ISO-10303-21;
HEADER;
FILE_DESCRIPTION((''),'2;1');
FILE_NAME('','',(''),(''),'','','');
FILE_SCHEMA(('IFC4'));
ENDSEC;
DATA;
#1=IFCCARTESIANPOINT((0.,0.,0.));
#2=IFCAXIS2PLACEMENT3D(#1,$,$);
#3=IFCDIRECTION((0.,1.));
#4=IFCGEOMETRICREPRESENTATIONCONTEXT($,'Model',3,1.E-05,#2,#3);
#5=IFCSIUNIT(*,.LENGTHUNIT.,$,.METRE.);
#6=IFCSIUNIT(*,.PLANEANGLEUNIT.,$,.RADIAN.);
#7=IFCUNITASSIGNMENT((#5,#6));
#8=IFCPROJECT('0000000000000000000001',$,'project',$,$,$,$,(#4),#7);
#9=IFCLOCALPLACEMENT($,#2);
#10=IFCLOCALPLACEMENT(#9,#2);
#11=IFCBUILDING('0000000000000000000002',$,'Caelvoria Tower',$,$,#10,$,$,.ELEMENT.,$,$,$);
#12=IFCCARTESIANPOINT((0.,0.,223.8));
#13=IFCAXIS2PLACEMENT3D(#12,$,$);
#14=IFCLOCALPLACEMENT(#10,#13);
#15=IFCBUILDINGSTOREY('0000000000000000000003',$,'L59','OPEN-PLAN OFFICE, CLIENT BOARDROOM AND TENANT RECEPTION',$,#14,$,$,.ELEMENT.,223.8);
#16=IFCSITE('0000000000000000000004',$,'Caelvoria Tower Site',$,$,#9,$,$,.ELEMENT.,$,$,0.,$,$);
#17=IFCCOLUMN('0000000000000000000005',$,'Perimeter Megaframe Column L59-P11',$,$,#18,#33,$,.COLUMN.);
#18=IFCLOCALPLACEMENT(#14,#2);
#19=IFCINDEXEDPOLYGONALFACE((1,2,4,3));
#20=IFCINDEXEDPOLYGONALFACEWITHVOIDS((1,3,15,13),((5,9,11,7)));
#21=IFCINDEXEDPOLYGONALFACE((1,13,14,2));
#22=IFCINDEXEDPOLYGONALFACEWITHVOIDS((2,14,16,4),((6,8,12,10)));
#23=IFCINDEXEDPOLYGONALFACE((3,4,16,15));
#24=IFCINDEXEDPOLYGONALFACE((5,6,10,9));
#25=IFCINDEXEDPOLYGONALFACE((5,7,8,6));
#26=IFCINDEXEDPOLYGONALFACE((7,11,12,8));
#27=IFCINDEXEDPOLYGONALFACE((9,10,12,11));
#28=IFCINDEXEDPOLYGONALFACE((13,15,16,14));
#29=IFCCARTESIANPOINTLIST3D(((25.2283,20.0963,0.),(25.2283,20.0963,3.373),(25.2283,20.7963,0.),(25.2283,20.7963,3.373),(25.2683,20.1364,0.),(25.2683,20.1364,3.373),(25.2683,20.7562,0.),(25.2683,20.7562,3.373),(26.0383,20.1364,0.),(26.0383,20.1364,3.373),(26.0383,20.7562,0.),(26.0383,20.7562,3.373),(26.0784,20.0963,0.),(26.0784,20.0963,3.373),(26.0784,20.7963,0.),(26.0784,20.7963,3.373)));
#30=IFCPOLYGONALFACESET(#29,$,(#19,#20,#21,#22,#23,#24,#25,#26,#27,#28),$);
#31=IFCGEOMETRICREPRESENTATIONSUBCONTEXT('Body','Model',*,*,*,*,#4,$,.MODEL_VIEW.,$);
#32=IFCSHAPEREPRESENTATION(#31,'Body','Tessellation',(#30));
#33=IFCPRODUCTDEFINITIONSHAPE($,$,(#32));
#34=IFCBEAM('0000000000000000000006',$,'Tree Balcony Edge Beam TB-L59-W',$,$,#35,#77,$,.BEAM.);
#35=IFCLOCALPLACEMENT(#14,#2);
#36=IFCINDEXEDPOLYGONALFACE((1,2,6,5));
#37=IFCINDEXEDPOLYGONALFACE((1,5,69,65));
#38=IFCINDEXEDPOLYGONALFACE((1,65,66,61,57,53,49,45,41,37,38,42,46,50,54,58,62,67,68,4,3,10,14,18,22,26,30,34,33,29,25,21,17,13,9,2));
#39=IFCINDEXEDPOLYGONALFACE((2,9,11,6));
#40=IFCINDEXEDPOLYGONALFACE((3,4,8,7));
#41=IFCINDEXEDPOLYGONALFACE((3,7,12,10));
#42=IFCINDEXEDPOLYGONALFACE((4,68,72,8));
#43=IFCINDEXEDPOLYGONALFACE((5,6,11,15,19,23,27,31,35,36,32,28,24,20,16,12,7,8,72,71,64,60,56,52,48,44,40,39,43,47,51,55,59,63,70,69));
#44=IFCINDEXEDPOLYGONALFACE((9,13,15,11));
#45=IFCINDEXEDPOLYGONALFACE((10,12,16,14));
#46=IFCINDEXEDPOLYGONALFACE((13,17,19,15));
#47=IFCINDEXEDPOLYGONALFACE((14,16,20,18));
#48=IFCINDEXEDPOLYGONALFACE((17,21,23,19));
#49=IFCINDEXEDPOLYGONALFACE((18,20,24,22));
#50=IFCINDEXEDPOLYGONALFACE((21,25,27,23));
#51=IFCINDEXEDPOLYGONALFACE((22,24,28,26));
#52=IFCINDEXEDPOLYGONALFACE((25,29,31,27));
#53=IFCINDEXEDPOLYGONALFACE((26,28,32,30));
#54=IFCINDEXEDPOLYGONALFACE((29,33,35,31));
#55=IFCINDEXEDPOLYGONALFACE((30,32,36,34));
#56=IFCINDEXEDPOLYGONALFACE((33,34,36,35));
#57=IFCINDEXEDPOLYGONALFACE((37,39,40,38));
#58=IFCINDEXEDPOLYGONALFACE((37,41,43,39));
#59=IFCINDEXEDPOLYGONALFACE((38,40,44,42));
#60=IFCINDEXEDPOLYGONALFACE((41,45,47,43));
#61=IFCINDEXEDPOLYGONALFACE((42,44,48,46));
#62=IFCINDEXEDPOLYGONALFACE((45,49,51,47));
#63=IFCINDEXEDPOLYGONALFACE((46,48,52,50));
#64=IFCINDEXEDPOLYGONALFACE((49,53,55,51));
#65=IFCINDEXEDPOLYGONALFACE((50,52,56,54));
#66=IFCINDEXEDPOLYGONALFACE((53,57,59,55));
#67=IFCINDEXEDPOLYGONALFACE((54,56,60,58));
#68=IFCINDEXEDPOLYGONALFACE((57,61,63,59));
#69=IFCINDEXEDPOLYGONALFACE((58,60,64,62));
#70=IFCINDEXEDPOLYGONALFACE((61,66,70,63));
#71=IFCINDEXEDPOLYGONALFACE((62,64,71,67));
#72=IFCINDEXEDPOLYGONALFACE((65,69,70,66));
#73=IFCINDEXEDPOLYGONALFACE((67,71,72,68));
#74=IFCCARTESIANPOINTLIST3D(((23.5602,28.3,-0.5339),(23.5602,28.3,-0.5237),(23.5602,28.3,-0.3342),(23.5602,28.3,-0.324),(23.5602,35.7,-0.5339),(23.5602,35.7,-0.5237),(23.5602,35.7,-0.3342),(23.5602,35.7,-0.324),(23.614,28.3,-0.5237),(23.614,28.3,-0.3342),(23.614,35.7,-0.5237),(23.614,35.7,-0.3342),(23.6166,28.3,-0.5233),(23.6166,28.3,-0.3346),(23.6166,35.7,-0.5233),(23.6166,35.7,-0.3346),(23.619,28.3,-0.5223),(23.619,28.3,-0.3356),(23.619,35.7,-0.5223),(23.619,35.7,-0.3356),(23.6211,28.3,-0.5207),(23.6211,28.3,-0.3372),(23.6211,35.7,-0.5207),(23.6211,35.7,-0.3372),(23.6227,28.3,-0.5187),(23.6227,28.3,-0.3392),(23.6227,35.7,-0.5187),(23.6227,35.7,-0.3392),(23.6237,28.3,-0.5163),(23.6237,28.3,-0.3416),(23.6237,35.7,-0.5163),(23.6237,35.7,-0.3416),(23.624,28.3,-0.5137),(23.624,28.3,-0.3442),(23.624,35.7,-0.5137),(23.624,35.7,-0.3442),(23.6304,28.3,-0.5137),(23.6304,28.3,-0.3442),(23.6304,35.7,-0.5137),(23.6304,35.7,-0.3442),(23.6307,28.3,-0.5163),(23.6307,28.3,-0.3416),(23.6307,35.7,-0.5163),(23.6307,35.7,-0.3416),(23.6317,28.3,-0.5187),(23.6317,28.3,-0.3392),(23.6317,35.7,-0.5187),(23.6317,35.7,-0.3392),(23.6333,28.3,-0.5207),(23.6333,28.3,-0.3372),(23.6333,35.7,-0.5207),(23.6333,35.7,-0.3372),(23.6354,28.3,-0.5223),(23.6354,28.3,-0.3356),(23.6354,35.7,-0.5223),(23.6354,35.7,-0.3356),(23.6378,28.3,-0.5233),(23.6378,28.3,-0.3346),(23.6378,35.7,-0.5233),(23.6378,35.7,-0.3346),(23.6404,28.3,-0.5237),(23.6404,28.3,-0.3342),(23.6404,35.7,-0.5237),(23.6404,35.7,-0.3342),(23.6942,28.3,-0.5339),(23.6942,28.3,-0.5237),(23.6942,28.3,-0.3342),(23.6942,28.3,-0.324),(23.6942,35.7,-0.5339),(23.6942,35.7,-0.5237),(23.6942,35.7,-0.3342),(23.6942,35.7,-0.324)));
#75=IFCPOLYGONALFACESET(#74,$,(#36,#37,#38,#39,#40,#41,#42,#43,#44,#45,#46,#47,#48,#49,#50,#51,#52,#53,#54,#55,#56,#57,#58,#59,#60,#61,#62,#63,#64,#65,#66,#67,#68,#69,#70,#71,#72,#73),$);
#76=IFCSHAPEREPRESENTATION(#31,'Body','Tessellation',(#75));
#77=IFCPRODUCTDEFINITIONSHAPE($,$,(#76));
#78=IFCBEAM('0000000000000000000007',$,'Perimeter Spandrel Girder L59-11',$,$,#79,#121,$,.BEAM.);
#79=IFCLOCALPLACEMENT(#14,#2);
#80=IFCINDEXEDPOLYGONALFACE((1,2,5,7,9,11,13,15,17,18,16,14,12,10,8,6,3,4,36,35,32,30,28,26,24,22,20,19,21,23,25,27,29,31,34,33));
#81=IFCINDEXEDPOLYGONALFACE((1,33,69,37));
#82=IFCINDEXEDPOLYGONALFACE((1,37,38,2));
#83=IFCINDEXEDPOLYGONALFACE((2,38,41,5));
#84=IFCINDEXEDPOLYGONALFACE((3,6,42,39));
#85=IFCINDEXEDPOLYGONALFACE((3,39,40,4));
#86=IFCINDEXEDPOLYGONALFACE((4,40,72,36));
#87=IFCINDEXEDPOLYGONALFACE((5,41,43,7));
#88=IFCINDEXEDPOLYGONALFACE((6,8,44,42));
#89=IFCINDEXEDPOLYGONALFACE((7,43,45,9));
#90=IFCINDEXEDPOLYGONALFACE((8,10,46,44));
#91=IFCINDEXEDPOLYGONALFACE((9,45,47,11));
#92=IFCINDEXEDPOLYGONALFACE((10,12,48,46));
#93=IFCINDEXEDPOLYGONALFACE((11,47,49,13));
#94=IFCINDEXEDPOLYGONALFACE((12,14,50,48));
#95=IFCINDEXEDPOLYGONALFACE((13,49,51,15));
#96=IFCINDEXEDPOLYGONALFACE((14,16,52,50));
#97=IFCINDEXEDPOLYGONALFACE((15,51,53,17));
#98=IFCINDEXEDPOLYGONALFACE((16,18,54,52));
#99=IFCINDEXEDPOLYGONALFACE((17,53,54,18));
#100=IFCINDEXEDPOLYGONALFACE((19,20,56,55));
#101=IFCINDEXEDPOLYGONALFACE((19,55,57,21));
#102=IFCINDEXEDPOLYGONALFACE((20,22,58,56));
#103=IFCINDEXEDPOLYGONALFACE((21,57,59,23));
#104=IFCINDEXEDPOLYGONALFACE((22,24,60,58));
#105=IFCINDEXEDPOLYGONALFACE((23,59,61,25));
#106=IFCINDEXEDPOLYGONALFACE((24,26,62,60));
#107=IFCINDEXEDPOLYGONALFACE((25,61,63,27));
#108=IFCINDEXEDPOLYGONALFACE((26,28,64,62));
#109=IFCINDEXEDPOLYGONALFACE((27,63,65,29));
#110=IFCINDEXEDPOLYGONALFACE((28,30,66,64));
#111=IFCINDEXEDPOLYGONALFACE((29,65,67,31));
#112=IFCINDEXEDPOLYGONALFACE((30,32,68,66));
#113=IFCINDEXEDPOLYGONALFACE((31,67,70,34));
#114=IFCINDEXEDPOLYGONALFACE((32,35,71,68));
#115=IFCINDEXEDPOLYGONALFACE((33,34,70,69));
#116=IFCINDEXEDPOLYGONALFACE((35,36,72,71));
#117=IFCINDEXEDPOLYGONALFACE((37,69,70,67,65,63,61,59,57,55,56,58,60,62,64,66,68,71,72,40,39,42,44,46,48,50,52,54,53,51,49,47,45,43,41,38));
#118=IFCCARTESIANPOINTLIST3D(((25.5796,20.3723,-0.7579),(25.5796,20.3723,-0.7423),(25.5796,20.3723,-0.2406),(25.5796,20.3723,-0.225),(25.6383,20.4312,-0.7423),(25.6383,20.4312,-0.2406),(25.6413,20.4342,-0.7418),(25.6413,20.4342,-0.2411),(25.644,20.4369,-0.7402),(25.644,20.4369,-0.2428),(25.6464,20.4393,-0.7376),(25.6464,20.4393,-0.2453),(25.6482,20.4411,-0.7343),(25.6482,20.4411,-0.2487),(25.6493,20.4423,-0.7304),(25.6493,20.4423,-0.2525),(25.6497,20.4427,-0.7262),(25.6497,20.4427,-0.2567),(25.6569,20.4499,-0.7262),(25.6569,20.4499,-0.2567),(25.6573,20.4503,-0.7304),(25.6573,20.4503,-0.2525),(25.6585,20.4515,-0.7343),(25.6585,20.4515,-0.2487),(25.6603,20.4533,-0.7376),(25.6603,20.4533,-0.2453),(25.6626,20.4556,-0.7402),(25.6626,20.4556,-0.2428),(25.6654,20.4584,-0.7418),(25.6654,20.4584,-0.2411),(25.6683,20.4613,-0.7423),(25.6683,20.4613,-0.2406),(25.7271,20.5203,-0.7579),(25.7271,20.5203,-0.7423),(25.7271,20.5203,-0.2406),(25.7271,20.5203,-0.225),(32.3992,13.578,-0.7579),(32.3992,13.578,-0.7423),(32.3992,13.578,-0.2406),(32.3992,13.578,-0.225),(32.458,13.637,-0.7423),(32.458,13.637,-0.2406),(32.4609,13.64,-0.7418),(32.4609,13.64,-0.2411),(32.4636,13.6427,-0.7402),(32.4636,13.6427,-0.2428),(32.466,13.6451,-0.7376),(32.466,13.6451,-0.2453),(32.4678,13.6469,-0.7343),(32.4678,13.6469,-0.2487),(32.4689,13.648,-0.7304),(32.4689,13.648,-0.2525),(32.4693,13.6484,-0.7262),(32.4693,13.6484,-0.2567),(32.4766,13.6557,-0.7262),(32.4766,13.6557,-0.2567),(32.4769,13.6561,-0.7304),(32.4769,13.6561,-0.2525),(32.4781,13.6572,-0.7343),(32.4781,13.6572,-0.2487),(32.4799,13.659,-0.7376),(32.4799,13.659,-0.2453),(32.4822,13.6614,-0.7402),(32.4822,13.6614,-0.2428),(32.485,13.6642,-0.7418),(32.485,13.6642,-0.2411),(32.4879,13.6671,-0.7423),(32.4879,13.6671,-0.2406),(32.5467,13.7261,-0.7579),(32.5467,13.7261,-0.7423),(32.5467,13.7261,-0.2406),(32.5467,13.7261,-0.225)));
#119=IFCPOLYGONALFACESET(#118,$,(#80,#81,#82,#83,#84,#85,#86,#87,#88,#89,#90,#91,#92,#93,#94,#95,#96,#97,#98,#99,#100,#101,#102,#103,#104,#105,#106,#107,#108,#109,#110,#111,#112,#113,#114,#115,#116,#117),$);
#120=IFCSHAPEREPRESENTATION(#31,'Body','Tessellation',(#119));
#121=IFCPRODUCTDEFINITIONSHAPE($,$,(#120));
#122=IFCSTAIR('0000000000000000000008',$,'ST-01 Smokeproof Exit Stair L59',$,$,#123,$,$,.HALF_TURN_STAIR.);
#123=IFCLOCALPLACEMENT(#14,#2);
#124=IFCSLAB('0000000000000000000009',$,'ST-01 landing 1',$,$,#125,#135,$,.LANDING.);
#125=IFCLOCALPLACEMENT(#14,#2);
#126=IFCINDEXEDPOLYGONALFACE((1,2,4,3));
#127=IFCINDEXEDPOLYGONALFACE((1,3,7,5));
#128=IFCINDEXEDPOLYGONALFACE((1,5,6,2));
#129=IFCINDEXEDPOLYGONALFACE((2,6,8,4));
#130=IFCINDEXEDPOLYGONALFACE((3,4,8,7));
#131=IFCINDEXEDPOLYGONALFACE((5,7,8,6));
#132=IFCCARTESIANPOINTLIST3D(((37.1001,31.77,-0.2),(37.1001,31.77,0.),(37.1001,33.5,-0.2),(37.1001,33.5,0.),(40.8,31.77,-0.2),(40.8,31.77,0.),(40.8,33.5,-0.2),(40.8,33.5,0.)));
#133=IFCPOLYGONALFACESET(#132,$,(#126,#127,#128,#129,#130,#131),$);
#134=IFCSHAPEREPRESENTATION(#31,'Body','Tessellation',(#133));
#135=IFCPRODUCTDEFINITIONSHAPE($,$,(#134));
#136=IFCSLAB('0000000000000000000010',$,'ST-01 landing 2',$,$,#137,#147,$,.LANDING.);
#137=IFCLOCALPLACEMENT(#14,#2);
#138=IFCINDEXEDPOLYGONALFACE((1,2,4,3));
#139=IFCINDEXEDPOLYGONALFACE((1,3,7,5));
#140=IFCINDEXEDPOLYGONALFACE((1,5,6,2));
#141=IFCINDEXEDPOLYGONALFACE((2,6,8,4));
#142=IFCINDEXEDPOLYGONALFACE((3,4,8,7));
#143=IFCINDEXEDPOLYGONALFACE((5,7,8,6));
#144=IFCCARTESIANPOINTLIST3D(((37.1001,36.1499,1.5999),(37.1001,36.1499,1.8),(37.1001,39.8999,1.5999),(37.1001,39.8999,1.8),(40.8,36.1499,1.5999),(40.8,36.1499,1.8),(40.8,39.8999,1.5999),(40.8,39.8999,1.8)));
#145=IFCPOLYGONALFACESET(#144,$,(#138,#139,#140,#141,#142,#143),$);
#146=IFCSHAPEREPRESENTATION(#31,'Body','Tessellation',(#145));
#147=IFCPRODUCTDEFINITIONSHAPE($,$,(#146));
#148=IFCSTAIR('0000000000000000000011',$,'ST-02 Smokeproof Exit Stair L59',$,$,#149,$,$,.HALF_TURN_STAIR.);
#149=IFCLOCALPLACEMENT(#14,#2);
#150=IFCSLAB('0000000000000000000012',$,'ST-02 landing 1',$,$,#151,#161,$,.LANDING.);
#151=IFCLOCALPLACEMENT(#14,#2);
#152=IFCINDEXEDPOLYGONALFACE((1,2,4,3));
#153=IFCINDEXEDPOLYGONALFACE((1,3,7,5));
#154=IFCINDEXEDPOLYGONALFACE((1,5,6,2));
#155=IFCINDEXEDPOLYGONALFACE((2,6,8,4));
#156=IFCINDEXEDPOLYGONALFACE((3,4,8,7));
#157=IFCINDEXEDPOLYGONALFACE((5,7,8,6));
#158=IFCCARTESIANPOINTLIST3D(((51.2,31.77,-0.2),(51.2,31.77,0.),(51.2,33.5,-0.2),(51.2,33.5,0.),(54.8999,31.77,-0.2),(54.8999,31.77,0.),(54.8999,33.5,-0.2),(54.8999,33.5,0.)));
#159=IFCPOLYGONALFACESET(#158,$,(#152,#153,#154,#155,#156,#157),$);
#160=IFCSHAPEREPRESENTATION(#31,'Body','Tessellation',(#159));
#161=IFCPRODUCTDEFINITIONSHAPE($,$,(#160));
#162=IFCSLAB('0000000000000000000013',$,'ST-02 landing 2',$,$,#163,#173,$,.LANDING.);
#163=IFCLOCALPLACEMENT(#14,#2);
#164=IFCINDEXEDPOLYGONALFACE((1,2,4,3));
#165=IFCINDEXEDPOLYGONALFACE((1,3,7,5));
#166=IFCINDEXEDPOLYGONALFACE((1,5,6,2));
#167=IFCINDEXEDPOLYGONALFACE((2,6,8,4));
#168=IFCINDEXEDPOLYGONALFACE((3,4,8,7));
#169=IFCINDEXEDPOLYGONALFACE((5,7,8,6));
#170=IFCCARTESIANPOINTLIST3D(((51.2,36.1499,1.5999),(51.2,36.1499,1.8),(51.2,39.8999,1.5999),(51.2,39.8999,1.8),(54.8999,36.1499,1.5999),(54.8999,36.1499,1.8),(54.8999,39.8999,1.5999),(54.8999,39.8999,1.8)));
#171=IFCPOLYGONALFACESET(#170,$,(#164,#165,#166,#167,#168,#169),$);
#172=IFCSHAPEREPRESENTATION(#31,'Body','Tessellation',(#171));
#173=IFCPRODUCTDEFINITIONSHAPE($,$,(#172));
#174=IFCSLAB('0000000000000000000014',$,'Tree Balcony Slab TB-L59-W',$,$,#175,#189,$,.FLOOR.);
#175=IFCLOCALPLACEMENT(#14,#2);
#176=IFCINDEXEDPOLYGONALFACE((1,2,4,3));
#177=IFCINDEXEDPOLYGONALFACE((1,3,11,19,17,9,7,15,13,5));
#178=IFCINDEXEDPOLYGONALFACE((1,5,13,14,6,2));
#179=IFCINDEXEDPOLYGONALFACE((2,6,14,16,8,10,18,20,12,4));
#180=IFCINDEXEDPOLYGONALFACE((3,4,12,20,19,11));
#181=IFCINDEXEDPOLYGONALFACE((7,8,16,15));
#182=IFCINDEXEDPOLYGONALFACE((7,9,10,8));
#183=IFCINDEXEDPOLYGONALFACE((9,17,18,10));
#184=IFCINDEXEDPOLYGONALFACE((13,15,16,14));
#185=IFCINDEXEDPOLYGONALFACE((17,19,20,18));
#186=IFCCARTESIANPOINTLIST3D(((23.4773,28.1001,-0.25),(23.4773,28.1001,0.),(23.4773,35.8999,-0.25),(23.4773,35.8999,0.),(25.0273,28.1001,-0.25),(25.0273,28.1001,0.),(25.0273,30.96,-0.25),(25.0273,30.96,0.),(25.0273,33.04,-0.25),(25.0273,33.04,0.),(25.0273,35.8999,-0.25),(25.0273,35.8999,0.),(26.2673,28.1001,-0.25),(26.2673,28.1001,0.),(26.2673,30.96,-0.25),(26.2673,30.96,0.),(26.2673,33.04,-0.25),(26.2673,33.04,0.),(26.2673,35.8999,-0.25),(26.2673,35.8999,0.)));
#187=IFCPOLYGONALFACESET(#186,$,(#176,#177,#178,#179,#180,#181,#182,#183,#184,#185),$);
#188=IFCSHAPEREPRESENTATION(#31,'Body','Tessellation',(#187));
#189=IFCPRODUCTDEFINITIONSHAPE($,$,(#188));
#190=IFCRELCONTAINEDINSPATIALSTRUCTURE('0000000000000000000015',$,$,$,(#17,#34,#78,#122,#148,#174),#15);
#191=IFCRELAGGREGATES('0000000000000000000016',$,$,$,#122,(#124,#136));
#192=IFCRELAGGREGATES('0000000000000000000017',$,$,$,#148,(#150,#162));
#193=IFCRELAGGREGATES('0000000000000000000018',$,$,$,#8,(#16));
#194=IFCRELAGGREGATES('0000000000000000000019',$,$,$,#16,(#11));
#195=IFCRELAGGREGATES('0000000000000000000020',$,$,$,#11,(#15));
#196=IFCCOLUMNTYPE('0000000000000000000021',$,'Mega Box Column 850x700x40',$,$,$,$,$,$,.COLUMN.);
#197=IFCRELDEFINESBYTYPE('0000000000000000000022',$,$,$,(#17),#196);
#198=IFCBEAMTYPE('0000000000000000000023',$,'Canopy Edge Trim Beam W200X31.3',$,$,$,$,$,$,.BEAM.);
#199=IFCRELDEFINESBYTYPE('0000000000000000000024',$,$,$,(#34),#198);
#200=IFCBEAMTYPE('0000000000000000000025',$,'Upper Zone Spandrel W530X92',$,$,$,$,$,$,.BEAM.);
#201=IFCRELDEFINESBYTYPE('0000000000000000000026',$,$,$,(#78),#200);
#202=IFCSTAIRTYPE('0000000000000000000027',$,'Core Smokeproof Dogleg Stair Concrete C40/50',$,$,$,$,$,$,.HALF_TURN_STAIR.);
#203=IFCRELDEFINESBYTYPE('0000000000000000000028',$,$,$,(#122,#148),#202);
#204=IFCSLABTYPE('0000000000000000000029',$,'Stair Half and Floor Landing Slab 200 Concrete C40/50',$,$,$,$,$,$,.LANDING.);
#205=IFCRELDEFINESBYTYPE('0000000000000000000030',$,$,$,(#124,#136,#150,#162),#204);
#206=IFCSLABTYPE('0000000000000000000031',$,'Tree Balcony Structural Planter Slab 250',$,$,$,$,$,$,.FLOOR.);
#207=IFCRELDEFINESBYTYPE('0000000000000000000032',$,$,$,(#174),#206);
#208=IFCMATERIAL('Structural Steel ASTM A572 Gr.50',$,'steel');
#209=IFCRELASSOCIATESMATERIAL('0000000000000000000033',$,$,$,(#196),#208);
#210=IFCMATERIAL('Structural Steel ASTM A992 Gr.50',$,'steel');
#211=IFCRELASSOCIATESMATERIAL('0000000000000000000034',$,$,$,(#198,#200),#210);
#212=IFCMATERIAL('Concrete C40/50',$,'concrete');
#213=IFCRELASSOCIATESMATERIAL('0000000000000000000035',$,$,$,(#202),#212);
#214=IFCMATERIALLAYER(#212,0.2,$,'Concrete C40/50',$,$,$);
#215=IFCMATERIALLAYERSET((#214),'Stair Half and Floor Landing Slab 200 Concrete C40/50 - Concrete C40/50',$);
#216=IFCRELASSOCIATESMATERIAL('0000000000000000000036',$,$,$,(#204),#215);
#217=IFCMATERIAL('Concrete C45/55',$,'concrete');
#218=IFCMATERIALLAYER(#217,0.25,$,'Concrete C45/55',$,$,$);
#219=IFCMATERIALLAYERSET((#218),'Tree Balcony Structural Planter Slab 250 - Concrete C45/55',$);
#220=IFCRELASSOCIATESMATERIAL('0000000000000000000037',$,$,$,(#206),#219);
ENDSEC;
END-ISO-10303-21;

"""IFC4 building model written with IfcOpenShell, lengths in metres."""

from ifc_helpers import new_model, si_unit, direction, frame, origin, origin_2d, place, context, subcontext, project, spatial, polyline, hollow_rectangle, i_section, outline, extrude, material, layer, layer_set, material_profile, profile_set, type_object, element, aggregate, save


model = new_model("IFC4")

# Units and contexts
model_context = context("Model", 3, precision=1e-05, world=origin(), true_north=direction((0.0, 1.0)))
body_context = subcontext(model_context, "Body", "Model", "MODEL_VIEW")
ifc_project = project(units=[si_unit("LENGTHUNIT", "METRE"), si_unit("PLANEANGLEUNIT", "RADIAN")], contexts=[model_context])

# Site, building, storey
site_placement = place(None, origin())
site = spatial("IfcSite", under=ifc_project, at=site_placement, Name="Caelvoria Tower Site", CompositionType="ELEMENT", RefElevation=0.0)
building_placement = place(site_placement, origin())
building = spatial("IfcBuilding", under=site, at=building_placement, Name="Caelvoria Tower", CompositionType="ELEMENT")
storey_placement = place(building_placement, frame((0.0, 0.0, 223.8)))
storey = spatial("IfcBuildingStorey", under=building, at=storey_placement, Name="L59", Description="OPEN-PLAN OFFICE, CLIENT BOARDROOM AND TENANT RECEPTION", CompositionType="ELEMENT", Elevation=223.8)

# Column
ifc_material_1 = material(Name="Structural Steel ASTM A572 Gr.50", Category="steel")
ifc_material_profile_1 = material_profile(ifc_material_1, hollow_rectangle(XDim=0.7, YDim=0.8501, WallThickness=0.04, at=origin_2d()), Name="Structural Steel ASTM A572 Gr.50")
ifc_profile_set_1 = profile_set([ifc_material_profile_1], Name="BOX850X700X40 - Structural Steel ASTM A572 Gr.50")
column_type = type_object("IfcColumnType", Name="Mega Box Column 850x700x40", PredefinedType="COLUMN", material=ifc_profile_set_1)
column_placement = place(storey_placement, frame((25.6533, 20.4463, 0.0), z_axis=(0.0, 0.0, 1.0), x_axis=(0.0, 1.0, 0.0)))
element("IfcColumn", 1, at=column_placement, inside=storey, type_object=column_type, Name="Perimeter Megaframe Column L59-P11", PredefinedType="COLUMN", context=body_context, shape_type="SweptSolid", body=[
    extrude(hollow_rectangle(XDim=0.7, YDim=0.8501, WallThickness=0.04, at=origin_2d()), origin(), (0.0, 0.0, 1.0), 3.373),
])

# Beams
ifc_material_2 = material(Name="Structural Steel ASTM A992 Gr.50", Category="steel")
ifc_material_profile_2 = material_profile(ifc_material_2, i_section(OverallWidth=0.134, OverallDepth=0.21, WebThickness=0.0063, FlangeThickness=0.0103, FilletRadius=0.01, at=origin_2d()), Name="Structural Steel ASTM A992 Gr.50")
ifc_profile_set_2 = profile_set([ifc_material_profile_2], Name="W200X31.3 - Structural Steel ASTM A992 Gr.50")
beam_type_1 = type_object("IfcBeamType", Name="Canopy Edge Trim Beam W200X31.3", PredefinedType="BEAM", material=ifc_profile_set_2)
beam_1_placement = place(storey_placement, frame((23.6272, 28.3, -0.429), z_axis=(0.0, 1.0, 0.0), x_axis=(-1.0, 0.0, 0.0)))
element("IfcBeam", 2, at=beam_1_placement, inside=storey, type_object=beam_type_1, Name="Tree Balcony Edge Beam TB-L59-W", PredefinedType="BEAM", context=body_context, shape_type="SweptSolid", body=[
    extrude(i_section(OverallWidth=0.134, OverallDepth=0.21, WebThickness=0.0063, FlangeThickness=0.0103, FilletRadius=0.01, at=origin_2d()), origin(), (0.0, 0.0, 1.0), 7.3999),
])
ifc_material_profile_3 = material_profile(ifc_material_2, i_section(OverallWidth=0.209, OverallDepth=0.533, WebThickness=0.0103, FlangeThickness=0.0156, FilletRadius=0.0161, at=origin_2d()), Name="Structural Steel ASTM A992 Gr.50")
ifc_profile_set_3 = profile_set([ifc_material_profile_3], Name="W530X92 - Structural Steel ASTM A992 Gr.50")
beam_type_2 = type_object("IfcBeamType", Name="Upper Zone Spandrel W530X92", PredefinedType="BEAM", material=ifc_profile_set_3)
beam_2_placement = place(storey_placement, frame((25.6533, 20.4463, -0.4915), z_axis=(0.708424, -0.705787, 0.0), x_axis=(0.705787, 0.708424, 0.0)))
element("IfcBeam", 3, at=beam_2_placement, inside=storey, type_object=beam_type_2, Name="Perimeter Spandrel Girder L59-11", PredefinedType="BEAM", context=body_context, shape_type="SweptSolid", body=[
    extrude(i_section(OverallWidth=0.209, OverallDepth=0.533, WebThickness=0.0103, FlangeThickness=0.0156, FilletRadius=0.0161, at=origin_2d()), origin(), (0.0, 0.0, 1.0), 9.6265),
])

# Stairs, slabs
ifc_material_3 = material(Name="Concrete C40/50", Category="concrete")
stair_type = type_object("IfcStairType", Name="Core Smokeproof Dogleg Stair Concrete C40/50", PredefinedType="HALF_TURN_STAIR", material=ifc_material_3)
stair_1_placement = place(storey_placement, origin())
stair_1 = element("IfcStair", 4, at=stair_1_placement, inside=storey, type_object=stair_type, Name="ST-01 Smokeproof Exit Stair L59", PredefinedType="HALF_TURN_STAIR")
ifc_layer_1 = layer(ifc_material_3, 0.2, Name="Concrete C40/50")
ifc_layer_set_1 = layer_set([ifc_layer_1], Name="Stair Half and Floor Landing Slab 200 Concrete C40/50 - Concrete C40/50")
slab_type_1 = type_object("IfcSlabType", Name="Stair Half and Floor Landing Slab 200 Concrete C40/50", PredefinedType="LANDING", material=ifc_layer_set_1)
slab_1_placement = place(storey_placement, frame((0.0, 0.0, -0.2)))
slab_1 = element("IfcSlab", 5, at=slab_1_placement, type_object=slab_type_1, Name="ST-01 landing 1", PredefinedType="LANDING", context=body_context, shape_type="SweptSolid", body=[
    extrude(outline(polyline([(37.1001, 31.77), (40.8, 31.77), (40.8, 33.5), (37.1001, 33.5), (37.1001, 31.77)])), origin(), (0.0, 0.0, 1.0), 0.2),
])
slab_2_placement = place(storey_placement, frame((0.0, 0.0, 1.5999)))
slab_2 = element("IfcSlab", 6, at=slab_2_placement, type_object=slab_type_1, Name="ST-01 landing 2", PredefinedType="LANDING", context=body_context, shape_type="SweptSolid", body=[
    extrude(outline(polyline([(37.1001, 36.1499), (40.8, 36.1499), (40.8, 39.8999), (37.1001, 39.8999), (37.1001, 36.1499)])), origin(), (0.0, 0.0, 1.0), 0.2002),
])
aggregate(stair_1, [slab_1, slab_2])
stair_2_placement = place(storey_placement, origin())
stair_2 = element("IfcStair", 7, at=stair_2_placement, inside=storey, type_object=stair_type, Name="ST-02 Smokeproof Exit Stair L59", PredefinedType="HALF_TURN_STAIR")
slab_3_placement = place(storey_placement, frame((0.0, 0.0, -0.2)))
slab_3 = element("IfcSlab", 8, at=slab_3_placement, type_object=slab_type_1, Name="ST-02 landing 1", PredefinedType="LANDING", context=body_context, shape_type="SweptSolid", body=[
    extrude(outline(polyline([(51.2, 31.77), (54.8999, 31.77), (54.8999, 33.5), (51.2, 33.5), (51.2, 31.77)])), origin(), (0.0, 0.0, 1.0), 0.2),
])
slab_4_placement = place(storey_placement, frame((0.0, 0.0, 1.5999)))
slab_4 = element("IfcSlab", 9, at=slab_4_placement, type_object=slab_type_1, Name="ST-02 landing 2", PredefinedType="LANDING", context=body_context, shape_type="SweptSolid", body=[
    extrude(outline(polyline([(51.2, 36.1499), (54.8999, 36.1499), (54.8999, 39.8999), (51.2, 39.8999), (51.2, 36.1499)])), origin(), (0.0, 0.0, 1.0), 0.2002),
])
aggregate(stair_2, [slab_3, slab_4])

# Slab
ifc_material_4 = material(Name="Concrete C45/55", Category="concrete")
ifc_layer_2 = layer(ifc_material_4, 0.25, Name="Concrete C45/55")
ifc_layer_set_2 = layer_set([ifc_layer_2], Name="Tree Balcony Structural Planter Slab 250 - Concrete C45/55")
slab_type_2 = type_object("IfcSlabType", Name="Tree Balcony Structural Planter Slab 250", PredefinedType="FLOOR", material=ifc_layer_set_2)
slab_5_placement = place(storey_placement, frame((0.0, 0.0, -0.25)))
element("IfcSlab", 10, at=slab_5_placement, inside=storey, type_object=slab_type_2, Name="Tree Balcony Slab TB-L59-W", PredefinedType="FLOOR", context=body_context, shape_type="SweptSolid", body=[
    extrude(outline(polyline([(23.4773, 28.1001), (25.0273, 28.1001), (26.2673, 28.1001), (26.2673, 30.96), (25.0273, 30.96), (25.0273, 33.04), (26.2673, 33.04), (26.2673, 35.8999), (25.0273, 35.8999), (23.4773, 35.8999), (23.4773, 28.1001)])), origin(), (0.0, 0.0, 1.0), 0.25),
])

save(model, "model.ifc")
